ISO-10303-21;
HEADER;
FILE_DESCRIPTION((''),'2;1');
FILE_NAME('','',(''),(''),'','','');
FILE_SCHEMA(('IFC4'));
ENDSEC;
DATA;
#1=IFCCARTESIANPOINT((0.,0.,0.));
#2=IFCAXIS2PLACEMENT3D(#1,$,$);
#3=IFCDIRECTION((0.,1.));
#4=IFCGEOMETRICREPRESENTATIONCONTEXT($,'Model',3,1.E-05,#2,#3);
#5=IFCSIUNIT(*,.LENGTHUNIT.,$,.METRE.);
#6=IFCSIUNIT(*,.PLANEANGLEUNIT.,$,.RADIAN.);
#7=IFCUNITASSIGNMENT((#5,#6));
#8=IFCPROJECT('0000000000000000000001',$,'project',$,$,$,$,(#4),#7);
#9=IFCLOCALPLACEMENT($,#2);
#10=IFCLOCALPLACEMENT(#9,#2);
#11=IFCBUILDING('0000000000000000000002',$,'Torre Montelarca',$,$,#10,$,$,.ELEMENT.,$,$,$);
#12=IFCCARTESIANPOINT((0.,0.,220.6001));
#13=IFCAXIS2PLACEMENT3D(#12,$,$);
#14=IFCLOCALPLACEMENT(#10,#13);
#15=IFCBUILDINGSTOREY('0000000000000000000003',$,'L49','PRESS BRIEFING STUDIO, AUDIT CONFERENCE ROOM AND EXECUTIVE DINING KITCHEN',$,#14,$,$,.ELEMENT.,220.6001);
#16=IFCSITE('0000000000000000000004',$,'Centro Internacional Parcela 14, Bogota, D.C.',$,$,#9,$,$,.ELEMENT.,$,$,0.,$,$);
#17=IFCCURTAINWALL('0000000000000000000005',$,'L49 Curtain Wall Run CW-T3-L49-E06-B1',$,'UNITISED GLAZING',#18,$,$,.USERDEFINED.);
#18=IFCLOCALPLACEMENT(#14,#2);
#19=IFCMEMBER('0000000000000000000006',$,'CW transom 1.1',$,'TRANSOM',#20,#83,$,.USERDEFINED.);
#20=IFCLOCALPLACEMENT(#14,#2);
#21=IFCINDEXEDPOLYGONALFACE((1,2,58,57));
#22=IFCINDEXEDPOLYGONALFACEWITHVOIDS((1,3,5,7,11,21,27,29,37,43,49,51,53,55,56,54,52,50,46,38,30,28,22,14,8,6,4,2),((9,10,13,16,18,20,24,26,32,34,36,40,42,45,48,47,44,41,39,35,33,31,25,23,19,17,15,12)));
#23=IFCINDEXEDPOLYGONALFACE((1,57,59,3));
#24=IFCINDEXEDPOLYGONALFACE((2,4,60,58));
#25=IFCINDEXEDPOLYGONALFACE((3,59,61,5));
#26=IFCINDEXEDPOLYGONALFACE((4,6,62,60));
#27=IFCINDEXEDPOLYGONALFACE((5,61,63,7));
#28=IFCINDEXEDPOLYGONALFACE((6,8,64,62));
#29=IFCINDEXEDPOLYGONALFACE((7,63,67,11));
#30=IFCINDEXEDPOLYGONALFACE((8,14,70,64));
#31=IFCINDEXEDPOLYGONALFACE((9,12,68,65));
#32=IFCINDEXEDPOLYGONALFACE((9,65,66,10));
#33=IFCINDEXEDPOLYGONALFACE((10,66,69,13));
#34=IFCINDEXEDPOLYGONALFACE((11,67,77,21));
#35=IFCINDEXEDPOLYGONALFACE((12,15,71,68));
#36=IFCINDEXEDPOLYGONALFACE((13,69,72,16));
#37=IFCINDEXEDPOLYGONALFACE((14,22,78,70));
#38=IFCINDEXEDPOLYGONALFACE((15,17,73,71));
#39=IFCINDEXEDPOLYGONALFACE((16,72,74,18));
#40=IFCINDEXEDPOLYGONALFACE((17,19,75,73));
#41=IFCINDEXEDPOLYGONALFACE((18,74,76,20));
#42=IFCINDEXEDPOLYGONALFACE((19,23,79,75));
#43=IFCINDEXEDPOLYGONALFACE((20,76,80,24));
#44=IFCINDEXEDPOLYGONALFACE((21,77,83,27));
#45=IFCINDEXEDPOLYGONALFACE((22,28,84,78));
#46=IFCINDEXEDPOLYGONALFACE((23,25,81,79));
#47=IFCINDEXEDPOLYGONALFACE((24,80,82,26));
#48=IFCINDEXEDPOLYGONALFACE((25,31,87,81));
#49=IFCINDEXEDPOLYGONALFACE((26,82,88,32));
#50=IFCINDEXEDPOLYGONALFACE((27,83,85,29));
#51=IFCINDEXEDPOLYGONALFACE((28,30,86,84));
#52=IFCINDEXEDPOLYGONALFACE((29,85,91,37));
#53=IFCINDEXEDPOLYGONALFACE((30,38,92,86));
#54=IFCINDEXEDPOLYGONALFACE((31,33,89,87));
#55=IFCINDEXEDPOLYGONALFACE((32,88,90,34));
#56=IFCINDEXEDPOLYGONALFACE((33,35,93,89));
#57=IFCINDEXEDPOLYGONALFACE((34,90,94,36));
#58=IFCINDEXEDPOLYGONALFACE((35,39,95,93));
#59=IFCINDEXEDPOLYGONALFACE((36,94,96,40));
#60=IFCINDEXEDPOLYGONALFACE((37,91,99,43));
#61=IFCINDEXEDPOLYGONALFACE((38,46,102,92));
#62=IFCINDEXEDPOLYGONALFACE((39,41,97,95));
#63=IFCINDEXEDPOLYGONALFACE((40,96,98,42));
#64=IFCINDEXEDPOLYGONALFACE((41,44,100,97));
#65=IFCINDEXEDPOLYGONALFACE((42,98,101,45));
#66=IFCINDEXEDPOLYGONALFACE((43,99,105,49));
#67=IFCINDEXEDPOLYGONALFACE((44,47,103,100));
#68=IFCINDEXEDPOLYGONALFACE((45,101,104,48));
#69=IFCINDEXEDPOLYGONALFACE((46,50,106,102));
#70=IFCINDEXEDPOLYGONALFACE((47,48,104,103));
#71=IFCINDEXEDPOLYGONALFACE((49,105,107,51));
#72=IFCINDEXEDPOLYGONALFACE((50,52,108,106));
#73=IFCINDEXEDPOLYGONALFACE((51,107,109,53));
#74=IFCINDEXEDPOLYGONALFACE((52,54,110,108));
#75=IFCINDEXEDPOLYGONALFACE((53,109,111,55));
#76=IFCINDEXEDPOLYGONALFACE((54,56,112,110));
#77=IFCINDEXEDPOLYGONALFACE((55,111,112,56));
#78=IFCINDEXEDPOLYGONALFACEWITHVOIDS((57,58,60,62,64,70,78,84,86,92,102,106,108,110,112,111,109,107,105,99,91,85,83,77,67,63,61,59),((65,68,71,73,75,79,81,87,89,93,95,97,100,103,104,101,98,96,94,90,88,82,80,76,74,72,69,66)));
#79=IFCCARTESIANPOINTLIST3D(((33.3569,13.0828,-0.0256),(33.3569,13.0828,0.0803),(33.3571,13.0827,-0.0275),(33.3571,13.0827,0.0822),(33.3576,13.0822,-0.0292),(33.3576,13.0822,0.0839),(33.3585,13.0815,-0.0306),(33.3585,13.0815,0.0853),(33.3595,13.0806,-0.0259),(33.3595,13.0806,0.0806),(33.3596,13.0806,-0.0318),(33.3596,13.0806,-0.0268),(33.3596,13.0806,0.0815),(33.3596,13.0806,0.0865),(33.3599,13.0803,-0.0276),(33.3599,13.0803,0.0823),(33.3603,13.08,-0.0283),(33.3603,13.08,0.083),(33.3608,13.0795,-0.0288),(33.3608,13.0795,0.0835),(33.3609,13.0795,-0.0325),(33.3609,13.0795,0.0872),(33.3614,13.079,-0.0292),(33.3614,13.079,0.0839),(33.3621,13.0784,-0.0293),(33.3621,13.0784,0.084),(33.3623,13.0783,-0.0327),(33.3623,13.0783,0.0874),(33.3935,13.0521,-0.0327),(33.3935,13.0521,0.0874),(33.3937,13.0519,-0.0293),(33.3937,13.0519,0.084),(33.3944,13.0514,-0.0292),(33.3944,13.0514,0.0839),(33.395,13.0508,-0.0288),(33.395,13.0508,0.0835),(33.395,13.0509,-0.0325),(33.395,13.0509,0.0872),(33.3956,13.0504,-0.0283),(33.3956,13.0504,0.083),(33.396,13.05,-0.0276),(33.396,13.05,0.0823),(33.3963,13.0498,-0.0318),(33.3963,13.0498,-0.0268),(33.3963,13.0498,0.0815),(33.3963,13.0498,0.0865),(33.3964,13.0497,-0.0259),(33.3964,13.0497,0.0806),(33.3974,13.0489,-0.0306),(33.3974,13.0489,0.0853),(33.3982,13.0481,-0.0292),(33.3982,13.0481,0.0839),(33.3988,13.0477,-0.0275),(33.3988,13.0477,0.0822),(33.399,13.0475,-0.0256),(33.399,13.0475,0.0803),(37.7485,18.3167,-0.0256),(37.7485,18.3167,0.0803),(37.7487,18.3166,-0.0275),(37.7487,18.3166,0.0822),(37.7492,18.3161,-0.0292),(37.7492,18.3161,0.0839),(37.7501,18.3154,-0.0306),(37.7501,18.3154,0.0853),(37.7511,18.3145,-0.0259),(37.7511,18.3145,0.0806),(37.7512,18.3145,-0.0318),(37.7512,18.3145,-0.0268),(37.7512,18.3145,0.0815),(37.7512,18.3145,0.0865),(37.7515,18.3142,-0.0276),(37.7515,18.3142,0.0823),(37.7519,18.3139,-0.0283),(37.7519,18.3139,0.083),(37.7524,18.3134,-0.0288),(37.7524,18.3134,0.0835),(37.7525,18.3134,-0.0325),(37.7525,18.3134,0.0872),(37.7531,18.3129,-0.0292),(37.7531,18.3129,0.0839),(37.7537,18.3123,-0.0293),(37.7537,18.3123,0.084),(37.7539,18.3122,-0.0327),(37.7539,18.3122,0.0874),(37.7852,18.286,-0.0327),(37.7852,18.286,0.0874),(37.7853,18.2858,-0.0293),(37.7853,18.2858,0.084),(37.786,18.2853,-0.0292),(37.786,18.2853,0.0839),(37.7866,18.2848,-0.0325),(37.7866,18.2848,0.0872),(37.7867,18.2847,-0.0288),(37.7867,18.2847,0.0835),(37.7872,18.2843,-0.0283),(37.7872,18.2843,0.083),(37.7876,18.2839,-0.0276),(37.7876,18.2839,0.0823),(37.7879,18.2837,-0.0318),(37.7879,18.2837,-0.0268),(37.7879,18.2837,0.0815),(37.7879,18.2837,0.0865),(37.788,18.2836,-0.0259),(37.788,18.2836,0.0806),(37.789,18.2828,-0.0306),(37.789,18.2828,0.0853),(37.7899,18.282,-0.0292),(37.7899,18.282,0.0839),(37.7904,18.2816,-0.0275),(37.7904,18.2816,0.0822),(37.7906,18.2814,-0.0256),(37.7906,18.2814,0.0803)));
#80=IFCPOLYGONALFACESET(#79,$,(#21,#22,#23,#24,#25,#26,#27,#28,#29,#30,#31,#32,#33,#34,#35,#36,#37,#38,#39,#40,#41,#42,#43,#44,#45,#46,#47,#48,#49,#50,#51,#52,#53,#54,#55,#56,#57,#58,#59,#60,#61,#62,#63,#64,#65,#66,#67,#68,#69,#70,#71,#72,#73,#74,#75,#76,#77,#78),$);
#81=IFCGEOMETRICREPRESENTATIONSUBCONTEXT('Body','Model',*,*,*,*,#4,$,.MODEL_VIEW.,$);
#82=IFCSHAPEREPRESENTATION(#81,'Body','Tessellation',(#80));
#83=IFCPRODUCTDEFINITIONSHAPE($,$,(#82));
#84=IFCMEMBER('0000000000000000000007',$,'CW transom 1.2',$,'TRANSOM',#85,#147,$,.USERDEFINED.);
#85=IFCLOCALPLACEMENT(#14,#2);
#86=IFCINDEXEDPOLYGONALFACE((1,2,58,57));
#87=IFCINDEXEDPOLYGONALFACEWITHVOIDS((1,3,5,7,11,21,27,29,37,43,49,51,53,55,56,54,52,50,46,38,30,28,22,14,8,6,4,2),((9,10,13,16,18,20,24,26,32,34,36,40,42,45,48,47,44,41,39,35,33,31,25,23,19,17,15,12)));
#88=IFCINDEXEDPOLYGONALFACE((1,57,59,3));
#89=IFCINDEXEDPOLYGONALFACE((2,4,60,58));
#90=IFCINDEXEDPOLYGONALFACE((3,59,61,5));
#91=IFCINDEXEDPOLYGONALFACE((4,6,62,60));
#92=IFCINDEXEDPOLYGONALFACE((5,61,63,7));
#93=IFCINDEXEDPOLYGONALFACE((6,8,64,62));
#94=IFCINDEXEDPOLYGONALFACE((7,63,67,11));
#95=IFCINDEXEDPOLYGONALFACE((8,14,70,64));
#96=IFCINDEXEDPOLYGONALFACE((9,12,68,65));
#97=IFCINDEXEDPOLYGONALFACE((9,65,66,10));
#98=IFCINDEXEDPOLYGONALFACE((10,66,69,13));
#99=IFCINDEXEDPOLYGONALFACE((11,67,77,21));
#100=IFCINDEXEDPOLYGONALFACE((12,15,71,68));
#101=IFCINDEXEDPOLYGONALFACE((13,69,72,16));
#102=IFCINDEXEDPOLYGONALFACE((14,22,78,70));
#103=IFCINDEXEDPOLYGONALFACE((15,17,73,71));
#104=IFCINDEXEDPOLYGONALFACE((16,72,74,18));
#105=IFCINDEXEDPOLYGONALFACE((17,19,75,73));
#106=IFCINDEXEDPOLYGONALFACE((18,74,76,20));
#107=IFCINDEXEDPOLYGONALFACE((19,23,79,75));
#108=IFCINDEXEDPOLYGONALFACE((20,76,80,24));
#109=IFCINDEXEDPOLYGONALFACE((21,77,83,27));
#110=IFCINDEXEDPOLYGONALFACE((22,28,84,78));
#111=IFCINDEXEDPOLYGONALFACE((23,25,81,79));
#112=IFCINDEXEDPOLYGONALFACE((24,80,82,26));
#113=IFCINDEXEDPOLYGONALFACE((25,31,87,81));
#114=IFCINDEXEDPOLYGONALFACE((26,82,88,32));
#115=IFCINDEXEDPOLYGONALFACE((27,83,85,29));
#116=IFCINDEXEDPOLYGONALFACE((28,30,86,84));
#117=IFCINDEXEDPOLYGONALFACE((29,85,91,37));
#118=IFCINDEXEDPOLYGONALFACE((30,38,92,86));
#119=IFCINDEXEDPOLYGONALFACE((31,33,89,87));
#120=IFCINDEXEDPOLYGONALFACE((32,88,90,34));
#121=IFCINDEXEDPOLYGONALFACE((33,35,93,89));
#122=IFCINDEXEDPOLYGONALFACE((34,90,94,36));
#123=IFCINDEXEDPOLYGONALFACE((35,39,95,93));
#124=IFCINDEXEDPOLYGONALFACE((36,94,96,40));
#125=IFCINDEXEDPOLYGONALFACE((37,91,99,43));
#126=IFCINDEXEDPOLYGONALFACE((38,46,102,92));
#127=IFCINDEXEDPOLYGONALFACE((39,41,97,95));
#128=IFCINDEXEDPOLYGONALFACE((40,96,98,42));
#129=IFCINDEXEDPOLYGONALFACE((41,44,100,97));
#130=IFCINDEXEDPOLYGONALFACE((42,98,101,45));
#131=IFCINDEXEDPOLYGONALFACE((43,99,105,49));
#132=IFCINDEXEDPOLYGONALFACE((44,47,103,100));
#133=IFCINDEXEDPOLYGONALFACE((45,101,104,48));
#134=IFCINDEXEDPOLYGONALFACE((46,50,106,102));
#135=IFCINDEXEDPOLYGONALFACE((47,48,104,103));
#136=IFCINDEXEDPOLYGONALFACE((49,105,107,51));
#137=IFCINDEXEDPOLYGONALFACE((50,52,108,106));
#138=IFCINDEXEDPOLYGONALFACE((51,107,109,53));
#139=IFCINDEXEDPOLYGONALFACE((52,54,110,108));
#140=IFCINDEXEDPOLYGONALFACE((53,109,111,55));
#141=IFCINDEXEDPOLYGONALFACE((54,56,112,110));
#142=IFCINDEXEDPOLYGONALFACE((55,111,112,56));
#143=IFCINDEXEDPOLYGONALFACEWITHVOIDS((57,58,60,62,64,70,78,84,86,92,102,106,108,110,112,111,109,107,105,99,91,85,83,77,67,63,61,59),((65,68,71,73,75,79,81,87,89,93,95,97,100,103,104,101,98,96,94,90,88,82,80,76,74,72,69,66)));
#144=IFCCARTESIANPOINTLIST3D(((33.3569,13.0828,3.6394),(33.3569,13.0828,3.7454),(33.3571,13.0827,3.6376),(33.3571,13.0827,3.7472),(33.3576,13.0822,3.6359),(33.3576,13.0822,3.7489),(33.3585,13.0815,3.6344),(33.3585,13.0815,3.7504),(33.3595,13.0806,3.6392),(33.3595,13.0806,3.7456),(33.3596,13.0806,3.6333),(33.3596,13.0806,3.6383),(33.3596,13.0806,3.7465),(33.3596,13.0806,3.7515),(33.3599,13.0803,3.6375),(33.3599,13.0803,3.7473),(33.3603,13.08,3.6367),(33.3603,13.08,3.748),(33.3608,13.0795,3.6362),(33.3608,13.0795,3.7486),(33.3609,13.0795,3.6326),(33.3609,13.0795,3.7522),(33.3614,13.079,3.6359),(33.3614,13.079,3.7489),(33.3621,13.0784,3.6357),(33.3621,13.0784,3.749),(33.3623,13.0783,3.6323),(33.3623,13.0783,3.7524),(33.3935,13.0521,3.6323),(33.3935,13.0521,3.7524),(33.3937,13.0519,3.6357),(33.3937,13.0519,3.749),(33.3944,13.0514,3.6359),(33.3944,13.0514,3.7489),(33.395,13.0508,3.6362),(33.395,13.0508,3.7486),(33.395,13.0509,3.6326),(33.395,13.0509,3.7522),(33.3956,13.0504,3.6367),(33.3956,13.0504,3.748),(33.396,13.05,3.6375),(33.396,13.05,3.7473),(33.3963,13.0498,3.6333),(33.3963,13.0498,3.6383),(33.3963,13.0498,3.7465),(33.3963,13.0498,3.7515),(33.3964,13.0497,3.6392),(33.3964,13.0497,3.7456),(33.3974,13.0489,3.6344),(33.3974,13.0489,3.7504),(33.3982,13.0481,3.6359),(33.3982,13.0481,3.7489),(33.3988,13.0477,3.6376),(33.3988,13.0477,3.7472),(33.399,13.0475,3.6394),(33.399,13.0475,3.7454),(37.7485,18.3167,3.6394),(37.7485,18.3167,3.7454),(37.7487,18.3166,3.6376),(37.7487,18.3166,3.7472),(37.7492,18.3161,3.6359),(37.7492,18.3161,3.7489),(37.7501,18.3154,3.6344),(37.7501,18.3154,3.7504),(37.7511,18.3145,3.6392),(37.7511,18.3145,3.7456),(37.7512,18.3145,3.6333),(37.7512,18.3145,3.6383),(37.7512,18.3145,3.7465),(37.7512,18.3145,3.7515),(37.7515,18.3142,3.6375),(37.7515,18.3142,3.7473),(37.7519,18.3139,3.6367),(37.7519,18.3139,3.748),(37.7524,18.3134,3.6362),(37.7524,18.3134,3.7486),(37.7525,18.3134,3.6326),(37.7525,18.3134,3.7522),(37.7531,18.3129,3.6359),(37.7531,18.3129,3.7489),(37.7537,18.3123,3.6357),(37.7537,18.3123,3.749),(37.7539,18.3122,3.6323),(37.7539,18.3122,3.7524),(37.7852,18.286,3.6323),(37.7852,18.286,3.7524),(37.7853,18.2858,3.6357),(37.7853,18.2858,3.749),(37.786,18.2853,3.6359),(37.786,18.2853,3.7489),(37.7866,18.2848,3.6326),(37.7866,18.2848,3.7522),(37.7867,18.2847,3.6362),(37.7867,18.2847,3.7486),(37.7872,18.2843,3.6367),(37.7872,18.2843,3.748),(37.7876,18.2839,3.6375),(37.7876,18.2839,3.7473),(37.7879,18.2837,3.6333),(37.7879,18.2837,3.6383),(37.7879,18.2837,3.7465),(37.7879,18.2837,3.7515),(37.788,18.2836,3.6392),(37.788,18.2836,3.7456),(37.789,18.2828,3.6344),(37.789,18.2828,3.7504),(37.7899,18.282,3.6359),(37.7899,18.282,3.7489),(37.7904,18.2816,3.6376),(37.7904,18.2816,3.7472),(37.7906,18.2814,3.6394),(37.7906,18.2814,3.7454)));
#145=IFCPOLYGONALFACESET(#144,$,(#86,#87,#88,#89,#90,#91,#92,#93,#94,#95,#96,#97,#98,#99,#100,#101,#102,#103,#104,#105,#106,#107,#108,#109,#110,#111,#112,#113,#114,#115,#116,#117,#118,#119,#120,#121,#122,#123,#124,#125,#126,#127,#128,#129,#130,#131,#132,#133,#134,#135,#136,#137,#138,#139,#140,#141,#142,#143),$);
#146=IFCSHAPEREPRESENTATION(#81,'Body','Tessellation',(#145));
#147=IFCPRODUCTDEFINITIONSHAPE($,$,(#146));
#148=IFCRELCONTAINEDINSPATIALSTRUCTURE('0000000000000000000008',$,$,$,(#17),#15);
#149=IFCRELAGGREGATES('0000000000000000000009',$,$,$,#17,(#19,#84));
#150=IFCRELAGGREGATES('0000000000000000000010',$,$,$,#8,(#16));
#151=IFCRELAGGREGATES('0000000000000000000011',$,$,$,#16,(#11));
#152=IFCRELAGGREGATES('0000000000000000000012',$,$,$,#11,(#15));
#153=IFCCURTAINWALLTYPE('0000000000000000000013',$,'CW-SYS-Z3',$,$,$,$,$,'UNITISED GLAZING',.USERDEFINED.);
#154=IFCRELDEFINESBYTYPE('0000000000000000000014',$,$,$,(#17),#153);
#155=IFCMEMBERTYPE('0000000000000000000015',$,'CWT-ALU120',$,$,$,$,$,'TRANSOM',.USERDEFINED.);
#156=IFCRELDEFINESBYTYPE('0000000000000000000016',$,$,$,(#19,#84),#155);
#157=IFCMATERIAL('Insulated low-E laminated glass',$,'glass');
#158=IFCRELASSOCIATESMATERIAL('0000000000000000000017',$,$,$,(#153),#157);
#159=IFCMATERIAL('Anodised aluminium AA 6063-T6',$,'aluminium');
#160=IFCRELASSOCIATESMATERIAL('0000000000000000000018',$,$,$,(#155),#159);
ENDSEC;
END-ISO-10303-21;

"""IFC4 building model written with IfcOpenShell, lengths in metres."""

from ifc_helpers import new_model, si_unit, direction, frame, origin, origin_2d, place, context, subcontext, project, spatial, hollow_rectangle, extrude, source, transform, mapped, material, material_profile, profile_set, type_object, element, aggregate, save


model = new_model("IFC4")

# Units and contexts
model_context = context("Model", 3, precision=1e-05, world=origin(), true_north=direction((0.0, 1.0)))
body_context = subcontext(model_context, "Body", "Model", "MODEL_VIEW")
ifc_project = project(units=[si_unit("LENGTHUNIT", "METRE"), si_unit("PLANEANGLEUNIT", "RADIAN")], contexts=[model_context])

# Site, building, storey
site_placement = place(None, origin())
site = spatial("IfcSite", under=ifc_project, at=site_placement, Name="Centro Internacional Parcela 14, Bogota, D.C.", CompositionType="ELEMENT", RefElevation=0.0)
building_placement = place(site_placement, origin())
building = spatial("IfcBuilding", under=site, at=building_placement, Name="Torre Montelarca", CompositionType="ELEMENT")
storey_placement = place(building_placement, frame((0.0, 0.0, 220.6001)))
storey = spatial("IfcBuildingStorey", under=building, at=storey_placement, Name="L49", Description="PRESS BRIEFING STUDIO, AUDIT CONFERENCE ROOM AND EXECUTIVE DINING KITCHEN", CompositionType="ELEMENT", Elevation=220.6001)

# Shared definitions
ifc_material_1 = material(Name="Insulated low-E laminated glass", Category="glass")
curtain_wall_type = type_object("IfcCurtainWallType", Name="CW-SYS-Z3", ElementType="UNITISED GLAZING", PredefinedType="USERDEFINED", material=ifc_material_1)
ifc_material_2 = material(Name="Anodised aluminium AA 6063-T6", Category="aluminium")
ifc_material_profile_1 = material_profile(ifc_material_2, hollow_rectangle(XDim=0.0549, YDim=0.1201, WallThickness=0.0034, InnerFilletRadius=0.0034, OuterFilletRadius=0.0071, at=origin_2d()), Name="ALU55X120X3.5", Category="aluminium")
ifc_profile_set_1 = profile_set([ifc_material_profile_1], Name="Anodised aluminium AA 6063-T6")
member_type_1 = type_object("IfcMemberType", Name="CWT-ALU120", ElementType="TRANSOM", PredefinedType="USERDEFINED", material=ifc_profile_set_1)

# Curtain wall
curtain_wall_1_placement = place(storey_placement, origin())
curtain_wall_1 = element("IfcCurtainWall", 1, at=curtain_wall_1_placement, inside=storey, type_object=curtain_wall_type, Name="L49 Curtain Wall Run CW-T3-L49-E06-B1", ObjectType="UNITISED GLAZING", PredefinedType="USERDEFINED")

# Members
shared_shape_1 = source(origin(), body_context, "Body", "SweptSolid", [
    extrude(hollow_rectangle(XDim=0.0549, YDim=0.1201, WallThickness=0.0034, InnerFilletRadius=0.0034, OuterFilletRadius=0.0071, at=origin_2d()), origin(), (0.0, 0.0, 1.0), 6.8323),
])
member_1_placement = place(storey_placement, frame((33.3779, 13.0652, 0.0273), z_axis=(0.642775, 0.766055, 0.0), x_axis=(-0.766055, 0.642775, 0.0)))
member_1 = element("IfcMember", 2, at=member_1_placement, type_object=member_type_1, Name="CW transom 1.1", ObjectType="TRANSOM", PredefinedType="USERDEFINED", context=body_context, shape_type="MappedRepresentation", body=[
    mapped(shared_shape_1, transform((0.0, 0.0, 0.0), scale=1.0)),
])
member_2_placement = place(storey_placement, frame((33.3779, 13.0652, 3.6924), z_axis=(0.642775, 0.766055, 0.0), x_axis=(-0.766055, 0.642775, 0.0)))
member_2 = element("IfcMember", 3, at=member_2_placement, type_object=member_type_1, Name="CW transom 1.2", ObjectType="TRANSOM", PredefinedType="USERDEFINED", context=body_context, shape_type="MappedRepresentation", body=[
    mapped(shared_shape_1, transform((0.0, 0.0, 0.0), scale=1.0)),
])

aggregate(curtain_wall_1, [member_1, member_2])

save(model, "model.ifc")
